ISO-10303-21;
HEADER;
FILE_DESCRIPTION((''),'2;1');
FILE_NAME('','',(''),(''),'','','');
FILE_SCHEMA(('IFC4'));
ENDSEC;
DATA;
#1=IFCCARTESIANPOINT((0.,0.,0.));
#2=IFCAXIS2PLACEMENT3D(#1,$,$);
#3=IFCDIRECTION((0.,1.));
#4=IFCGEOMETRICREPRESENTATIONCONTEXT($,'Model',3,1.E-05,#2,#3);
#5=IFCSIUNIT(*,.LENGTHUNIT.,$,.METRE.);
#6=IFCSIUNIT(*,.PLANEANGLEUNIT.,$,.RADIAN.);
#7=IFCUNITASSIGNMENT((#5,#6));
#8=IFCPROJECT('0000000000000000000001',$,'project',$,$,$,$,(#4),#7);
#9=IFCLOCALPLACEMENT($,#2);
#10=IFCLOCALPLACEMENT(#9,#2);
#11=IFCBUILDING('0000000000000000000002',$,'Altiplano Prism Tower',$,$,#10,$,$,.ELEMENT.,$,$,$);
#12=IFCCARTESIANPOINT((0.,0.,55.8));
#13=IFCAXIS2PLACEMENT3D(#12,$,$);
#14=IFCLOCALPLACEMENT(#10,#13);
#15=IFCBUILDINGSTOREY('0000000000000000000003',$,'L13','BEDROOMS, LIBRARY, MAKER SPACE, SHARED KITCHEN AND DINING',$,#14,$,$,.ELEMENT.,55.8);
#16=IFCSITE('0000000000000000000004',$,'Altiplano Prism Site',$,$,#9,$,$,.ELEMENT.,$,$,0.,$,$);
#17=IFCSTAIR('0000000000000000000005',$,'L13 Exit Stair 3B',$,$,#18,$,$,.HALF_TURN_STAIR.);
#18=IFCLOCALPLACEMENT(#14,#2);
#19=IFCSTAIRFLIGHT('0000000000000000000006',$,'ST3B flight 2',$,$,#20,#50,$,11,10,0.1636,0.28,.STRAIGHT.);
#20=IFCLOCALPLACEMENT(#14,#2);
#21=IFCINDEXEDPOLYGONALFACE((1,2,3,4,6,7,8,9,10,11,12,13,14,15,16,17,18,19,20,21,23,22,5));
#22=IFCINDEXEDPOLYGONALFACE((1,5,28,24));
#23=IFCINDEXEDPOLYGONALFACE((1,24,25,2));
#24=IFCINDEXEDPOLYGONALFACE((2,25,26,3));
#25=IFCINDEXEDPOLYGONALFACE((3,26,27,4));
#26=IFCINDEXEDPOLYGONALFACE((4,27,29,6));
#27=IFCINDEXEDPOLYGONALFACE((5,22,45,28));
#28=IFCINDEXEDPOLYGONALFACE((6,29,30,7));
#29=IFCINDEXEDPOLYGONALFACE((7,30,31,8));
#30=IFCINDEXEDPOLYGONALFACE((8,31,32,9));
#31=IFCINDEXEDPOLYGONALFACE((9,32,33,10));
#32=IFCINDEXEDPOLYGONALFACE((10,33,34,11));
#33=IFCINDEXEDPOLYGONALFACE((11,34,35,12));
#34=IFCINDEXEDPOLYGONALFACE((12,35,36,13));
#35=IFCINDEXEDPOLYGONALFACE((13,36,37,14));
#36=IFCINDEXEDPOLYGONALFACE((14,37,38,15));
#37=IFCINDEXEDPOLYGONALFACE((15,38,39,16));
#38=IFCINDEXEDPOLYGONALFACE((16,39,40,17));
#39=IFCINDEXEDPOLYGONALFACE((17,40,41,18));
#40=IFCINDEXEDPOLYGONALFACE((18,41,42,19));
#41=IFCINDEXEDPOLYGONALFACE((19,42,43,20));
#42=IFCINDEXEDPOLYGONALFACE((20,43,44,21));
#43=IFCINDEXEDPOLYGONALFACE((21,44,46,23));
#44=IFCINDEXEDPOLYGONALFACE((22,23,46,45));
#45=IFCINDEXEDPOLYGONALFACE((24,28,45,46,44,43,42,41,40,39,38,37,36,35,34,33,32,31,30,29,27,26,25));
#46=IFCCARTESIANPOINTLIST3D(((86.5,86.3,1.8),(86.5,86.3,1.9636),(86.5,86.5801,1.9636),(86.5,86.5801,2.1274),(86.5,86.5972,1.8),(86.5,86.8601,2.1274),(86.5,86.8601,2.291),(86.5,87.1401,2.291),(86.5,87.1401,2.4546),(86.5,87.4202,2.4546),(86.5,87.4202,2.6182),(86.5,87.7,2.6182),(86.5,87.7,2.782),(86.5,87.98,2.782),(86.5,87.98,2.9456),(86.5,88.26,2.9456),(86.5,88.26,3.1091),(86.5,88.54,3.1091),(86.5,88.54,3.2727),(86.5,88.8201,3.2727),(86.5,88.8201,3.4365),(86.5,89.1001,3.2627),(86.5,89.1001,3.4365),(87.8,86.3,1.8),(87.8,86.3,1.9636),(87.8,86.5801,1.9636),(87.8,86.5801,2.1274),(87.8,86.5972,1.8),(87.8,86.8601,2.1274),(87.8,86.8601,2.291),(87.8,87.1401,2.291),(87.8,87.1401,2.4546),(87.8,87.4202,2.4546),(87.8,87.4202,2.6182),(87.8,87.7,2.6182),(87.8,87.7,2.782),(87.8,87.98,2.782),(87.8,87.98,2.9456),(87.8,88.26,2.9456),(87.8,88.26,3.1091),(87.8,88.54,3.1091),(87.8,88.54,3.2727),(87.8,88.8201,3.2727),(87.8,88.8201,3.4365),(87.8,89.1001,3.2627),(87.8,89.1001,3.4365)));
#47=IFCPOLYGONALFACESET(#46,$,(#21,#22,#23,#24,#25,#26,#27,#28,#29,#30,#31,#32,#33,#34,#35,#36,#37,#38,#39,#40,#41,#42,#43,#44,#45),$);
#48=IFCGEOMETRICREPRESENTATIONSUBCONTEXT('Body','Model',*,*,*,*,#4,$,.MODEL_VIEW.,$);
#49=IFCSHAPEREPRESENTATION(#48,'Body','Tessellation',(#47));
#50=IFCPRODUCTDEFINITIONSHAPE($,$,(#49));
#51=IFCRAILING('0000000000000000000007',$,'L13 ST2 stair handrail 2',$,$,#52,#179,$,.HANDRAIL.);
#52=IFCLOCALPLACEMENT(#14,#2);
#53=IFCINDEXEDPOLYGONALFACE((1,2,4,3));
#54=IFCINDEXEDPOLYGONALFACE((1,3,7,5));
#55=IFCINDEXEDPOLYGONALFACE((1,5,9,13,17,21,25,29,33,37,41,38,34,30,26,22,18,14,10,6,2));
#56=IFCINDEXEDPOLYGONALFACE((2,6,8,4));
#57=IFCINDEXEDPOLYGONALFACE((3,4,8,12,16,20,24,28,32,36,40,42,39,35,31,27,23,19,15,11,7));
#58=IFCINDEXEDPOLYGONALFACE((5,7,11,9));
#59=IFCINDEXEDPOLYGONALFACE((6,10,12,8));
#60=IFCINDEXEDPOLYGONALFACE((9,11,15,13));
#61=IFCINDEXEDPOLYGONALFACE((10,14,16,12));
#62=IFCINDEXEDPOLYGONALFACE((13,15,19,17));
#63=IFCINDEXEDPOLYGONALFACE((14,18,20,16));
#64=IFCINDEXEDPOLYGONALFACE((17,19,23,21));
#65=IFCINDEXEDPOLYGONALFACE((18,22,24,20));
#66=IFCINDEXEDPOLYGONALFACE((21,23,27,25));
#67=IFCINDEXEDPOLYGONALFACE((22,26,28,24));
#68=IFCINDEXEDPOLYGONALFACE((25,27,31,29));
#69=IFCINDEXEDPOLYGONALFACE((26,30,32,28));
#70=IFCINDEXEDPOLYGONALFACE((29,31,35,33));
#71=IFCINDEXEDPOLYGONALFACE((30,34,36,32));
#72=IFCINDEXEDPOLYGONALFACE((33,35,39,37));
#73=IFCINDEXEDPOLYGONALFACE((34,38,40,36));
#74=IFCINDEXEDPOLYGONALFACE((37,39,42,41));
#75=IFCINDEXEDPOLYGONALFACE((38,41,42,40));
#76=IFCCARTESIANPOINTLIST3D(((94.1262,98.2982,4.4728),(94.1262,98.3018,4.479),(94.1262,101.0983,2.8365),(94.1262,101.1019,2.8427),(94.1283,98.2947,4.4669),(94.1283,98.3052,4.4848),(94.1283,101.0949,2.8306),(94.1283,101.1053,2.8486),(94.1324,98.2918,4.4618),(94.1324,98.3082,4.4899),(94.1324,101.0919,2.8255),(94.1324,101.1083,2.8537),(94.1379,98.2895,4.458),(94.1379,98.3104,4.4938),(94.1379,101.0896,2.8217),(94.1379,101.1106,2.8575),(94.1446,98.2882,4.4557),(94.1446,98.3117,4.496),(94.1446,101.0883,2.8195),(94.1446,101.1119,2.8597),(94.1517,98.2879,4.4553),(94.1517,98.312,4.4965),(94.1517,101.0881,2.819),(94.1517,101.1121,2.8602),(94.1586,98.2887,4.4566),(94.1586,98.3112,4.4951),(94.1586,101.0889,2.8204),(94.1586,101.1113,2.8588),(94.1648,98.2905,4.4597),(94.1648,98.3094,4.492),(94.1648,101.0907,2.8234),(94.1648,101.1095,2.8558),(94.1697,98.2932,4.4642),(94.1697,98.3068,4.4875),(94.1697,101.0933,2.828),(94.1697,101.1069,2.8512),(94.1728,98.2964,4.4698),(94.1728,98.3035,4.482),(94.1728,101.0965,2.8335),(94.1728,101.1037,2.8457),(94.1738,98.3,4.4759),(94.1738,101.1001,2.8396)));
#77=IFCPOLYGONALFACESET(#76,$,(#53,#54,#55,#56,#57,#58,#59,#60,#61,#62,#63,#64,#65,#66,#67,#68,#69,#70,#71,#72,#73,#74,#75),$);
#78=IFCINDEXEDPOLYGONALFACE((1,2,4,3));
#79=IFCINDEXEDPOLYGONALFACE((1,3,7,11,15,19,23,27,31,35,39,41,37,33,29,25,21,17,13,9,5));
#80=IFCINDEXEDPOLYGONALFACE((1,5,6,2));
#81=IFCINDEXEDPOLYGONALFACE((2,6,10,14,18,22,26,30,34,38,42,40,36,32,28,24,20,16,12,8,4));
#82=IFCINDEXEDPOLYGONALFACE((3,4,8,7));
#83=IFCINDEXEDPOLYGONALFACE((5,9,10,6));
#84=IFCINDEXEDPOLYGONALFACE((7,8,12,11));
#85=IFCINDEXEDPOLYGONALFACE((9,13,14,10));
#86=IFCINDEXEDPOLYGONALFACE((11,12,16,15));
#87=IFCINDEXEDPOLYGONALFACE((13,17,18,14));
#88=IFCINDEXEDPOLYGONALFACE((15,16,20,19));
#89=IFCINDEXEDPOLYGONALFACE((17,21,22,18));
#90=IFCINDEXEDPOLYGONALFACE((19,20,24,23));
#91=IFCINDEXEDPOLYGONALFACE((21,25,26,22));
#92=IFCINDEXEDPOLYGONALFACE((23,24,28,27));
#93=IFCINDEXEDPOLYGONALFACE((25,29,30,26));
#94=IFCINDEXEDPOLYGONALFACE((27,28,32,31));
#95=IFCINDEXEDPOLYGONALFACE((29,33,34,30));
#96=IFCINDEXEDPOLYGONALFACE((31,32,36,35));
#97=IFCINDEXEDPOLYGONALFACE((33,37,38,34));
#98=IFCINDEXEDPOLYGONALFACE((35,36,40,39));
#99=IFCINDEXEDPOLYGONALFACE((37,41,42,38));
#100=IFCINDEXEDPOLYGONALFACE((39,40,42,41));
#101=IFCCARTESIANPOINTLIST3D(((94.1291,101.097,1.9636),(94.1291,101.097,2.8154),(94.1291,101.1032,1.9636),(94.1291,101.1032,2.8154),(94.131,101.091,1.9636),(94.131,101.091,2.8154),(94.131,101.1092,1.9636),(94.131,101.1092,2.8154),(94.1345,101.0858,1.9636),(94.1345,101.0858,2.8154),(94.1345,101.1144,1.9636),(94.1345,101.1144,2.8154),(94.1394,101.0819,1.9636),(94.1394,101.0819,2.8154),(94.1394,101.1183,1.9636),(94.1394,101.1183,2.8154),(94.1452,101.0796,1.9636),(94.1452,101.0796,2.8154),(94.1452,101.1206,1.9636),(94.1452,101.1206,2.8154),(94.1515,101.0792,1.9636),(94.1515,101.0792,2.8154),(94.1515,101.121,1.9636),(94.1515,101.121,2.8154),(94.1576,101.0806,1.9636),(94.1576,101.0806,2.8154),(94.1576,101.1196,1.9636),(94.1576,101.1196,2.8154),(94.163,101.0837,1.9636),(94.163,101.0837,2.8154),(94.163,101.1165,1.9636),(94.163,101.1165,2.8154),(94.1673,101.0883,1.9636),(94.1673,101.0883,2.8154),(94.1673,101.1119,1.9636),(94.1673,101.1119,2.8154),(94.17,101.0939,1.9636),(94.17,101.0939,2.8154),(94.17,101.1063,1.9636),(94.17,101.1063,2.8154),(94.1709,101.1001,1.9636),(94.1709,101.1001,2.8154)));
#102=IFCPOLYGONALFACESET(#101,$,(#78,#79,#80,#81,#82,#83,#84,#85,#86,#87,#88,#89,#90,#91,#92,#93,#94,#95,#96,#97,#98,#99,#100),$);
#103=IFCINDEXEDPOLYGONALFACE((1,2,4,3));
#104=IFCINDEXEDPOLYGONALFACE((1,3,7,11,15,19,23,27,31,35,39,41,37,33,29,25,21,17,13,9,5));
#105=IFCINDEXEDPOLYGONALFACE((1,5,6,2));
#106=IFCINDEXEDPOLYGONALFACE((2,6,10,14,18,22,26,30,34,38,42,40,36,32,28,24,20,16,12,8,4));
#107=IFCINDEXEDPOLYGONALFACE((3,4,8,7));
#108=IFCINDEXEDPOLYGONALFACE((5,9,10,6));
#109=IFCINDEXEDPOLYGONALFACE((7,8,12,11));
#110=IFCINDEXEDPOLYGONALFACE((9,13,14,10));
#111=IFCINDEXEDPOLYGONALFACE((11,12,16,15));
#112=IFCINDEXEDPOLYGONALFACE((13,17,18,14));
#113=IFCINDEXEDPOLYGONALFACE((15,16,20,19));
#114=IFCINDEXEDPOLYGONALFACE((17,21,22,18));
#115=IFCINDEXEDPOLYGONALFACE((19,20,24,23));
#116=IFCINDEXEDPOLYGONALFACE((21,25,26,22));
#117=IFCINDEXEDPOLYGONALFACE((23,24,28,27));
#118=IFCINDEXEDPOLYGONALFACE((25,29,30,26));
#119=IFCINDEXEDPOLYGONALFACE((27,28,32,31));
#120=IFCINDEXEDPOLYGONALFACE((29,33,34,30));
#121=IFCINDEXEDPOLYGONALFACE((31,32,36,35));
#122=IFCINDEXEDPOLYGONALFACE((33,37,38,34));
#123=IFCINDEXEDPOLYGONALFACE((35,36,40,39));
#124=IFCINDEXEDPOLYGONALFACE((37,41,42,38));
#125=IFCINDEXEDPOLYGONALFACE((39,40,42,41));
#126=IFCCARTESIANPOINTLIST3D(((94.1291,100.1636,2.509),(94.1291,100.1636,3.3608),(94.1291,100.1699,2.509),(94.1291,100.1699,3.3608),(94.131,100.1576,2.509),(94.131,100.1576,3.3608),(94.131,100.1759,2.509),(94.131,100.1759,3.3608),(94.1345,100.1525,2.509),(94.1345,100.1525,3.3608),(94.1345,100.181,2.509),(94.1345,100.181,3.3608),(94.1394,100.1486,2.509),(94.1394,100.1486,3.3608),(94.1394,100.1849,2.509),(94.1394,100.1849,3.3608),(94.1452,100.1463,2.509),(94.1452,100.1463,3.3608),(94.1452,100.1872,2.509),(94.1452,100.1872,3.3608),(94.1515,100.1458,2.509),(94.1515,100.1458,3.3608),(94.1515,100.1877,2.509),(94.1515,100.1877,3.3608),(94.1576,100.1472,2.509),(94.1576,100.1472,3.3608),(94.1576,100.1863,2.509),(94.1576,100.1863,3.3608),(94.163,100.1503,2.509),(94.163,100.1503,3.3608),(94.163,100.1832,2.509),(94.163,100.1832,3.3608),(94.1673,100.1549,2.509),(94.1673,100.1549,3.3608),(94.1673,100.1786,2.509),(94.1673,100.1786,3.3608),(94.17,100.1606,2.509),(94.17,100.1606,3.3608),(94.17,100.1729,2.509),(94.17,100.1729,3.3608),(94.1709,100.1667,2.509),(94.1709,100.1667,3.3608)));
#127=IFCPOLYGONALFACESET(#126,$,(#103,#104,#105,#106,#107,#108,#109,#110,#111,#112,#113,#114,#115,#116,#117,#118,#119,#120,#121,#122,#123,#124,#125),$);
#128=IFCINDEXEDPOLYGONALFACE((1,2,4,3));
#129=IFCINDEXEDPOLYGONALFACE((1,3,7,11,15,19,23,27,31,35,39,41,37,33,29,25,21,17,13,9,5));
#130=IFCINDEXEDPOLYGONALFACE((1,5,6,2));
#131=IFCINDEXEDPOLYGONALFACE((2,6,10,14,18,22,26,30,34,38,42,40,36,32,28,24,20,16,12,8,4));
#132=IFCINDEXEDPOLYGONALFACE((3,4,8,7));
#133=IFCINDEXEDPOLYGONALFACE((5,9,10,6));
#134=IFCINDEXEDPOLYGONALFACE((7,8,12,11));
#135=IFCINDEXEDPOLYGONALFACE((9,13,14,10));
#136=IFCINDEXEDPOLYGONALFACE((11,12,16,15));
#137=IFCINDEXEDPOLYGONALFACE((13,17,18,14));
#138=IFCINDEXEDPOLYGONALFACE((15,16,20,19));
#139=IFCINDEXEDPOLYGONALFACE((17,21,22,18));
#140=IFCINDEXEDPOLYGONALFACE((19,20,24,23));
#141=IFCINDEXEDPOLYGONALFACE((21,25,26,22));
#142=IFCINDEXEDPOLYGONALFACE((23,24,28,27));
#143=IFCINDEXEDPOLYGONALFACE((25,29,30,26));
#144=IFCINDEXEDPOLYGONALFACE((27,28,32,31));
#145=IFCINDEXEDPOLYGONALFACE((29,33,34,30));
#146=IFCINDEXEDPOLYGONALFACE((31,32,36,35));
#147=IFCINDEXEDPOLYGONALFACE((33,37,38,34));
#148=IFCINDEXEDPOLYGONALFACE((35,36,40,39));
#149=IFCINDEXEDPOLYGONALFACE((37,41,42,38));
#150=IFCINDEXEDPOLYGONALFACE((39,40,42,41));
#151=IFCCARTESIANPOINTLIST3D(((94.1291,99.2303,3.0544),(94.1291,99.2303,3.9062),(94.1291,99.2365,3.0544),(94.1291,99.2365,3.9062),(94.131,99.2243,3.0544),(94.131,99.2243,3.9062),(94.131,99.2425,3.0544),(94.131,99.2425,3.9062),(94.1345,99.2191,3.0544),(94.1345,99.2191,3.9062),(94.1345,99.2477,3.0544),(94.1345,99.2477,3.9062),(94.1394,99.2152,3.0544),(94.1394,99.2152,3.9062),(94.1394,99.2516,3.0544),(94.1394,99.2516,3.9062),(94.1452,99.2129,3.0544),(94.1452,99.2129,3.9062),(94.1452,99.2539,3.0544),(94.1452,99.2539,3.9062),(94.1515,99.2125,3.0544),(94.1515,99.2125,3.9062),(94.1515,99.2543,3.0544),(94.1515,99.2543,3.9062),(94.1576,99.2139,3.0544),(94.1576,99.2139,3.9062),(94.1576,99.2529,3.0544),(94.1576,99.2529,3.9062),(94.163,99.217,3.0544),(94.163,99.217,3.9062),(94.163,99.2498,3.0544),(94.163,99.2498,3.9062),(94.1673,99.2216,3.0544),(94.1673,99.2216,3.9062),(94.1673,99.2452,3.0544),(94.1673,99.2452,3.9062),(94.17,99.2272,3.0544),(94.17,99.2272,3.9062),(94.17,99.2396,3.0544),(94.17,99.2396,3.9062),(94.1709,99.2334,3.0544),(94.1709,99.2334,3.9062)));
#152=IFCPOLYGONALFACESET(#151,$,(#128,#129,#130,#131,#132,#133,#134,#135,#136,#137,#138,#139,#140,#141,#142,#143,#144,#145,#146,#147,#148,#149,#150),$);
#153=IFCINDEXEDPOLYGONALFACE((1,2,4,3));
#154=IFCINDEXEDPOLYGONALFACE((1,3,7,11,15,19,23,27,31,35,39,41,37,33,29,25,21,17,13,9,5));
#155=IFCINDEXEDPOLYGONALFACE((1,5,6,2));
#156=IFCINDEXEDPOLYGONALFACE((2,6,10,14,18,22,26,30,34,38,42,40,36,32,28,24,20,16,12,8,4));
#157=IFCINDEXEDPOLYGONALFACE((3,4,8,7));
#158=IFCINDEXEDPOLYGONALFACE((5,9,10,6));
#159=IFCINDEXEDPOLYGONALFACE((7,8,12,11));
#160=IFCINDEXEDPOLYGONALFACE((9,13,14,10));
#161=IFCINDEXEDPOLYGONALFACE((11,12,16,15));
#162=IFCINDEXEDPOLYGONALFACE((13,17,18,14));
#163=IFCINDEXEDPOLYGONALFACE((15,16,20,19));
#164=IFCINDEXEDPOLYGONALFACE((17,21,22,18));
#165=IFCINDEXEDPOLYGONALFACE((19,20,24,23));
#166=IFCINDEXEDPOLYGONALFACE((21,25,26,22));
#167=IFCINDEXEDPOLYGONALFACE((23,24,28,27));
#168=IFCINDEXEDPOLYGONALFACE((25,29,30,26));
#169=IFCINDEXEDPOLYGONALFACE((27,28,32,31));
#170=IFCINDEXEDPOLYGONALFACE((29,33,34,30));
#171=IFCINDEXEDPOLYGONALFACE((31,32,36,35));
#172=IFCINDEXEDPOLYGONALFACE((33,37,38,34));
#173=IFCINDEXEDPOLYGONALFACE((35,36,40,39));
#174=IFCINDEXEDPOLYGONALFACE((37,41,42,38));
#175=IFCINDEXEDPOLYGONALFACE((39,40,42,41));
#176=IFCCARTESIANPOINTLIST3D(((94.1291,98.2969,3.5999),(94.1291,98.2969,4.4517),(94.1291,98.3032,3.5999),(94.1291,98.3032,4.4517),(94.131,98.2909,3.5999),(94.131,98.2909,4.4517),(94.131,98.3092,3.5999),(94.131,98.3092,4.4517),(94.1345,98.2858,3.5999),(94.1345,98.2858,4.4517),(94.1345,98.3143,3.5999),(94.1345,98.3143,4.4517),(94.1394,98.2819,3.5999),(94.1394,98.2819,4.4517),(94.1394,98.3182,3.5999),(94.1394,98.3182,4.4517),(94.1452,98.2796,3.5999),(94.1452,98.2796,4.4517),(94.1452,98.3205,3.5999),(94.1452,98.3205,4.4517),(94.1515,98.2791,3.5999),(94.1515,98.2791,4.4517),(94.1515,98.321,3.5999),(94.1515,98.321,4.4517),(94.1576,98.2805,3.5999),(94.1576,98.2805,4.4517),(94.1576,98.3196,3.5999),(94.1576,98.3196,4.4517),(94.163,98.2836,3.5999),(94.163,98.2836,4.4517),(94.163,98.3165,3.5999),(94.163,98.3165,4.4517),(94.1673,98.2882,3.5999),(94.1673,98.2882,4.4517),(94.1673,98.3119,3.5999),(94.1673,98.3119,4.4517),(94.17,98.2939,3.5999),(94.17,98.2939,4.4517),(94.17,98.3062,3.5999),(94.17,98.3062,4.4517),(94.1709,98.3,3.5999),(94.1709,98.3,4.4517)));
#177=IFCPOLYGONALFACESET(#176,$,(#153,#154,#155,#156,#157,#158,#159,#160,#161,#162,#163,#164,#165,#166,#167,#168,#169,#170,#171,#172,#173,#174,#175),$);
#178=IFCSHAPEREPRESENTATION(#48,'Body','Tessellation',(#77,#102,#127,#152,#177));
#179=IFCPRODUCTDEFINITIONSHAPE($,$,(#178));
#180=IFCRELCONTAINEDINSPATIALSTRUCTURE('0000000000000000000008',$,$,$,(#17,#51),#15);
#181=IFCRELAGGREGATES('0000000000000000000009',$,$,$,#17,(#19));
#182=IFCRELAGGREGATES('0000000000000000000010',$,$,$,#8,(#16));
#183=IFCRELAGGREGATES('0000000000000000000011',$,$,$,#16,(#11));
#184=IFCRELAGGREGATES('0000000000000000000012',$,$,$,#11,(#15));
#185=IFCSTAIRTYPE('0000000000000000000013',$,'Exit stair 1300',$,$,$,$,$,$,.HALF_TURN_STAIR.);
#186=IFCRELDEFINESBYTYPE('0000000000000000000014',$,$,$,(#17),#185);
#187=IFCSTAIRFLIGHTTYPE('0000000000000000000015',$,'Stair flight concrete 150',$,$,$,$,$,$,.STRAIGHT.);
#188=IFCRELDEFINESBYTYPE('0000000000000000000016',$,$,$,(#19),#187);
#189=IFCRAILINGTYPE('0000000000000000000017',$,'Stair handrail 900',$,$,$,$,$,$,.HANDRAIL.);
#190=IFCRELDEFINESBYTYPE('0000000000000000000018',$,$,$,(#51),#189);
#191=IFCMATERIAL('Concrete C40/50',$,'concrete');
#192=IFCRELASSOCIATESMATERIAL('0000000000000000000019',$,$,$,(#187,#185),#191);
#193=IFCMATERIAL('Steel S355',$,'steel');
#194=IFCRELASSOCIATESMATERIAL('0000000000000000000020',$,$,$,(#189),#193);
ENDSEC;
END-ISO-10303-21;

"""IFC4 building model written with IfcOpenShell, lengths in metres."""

from ifc_helpers import new_model, si_unit, direction, frame, origin, origin_2d, place, context, subcontext, project, spatial, polyline, circle, outline, extrude, material, type_object, element, aggregate, save


model = new_model("IFC4")

# Units and contexts
model_context = context("Model", 3, precision=1e-05, world=origin(), true_north=direction((0.0, 1.0)))
body_context = subcontext(model_context, "Body", "Model", "MODEL_VIEW")
ifc_project = project(units=[si_unit("LENGTHUNIT", "METRE"), si_unit("PLANEANGLEUNIT", "RADIAN")], contexts=[model_context])

# Site, building, storey
site_placement = place(None, origin())
site = spatial("IfcSite", under=ifc_project, at=site_placement, Name="Altiplano Prism Site", CompositionType="ELEMENT", RefElevation=0.0)
building_placement = place(site_placement, origin())
building = spatial("IfcBuilding", under=site, at=building_placement, Name="Altiplano Prism Tower", CompositionType="ELEMENT")
storey_placement = place(building_placement, frame((0.0, 0.0, 55.8)))
storey = spatial("IfcBuildingStorey", under=building, at=storey_placement, Name="L13", Description="BEDROOMS, LIBRARY, MAKER SPACE, SHARED KITCHEN AND DINING", CompositionType="ELEMENT", Elevation=55.8)

# Shared definitions
ifc_material_1 = material(Name="Concrete C40/50", Category="concrete")
stair_flight_type = type_object("IfcStairFlightType", Name="Stair flight concrete 150", PredefinedType="STRAIGHT", material=ifc_material_1)

# Stair, stair flight
stair_type_1 = type_object("IfcStairType", Name="Exit stair 1300", PredefinedType="HALF_TURN_STAIR", material=ifc_material_1)
stair_1_placement = place(storey_placement, origin())
stair_1 = element("IfcStair", 1, at=stair_1_placement, inside=storey, type_object=stair_type_1, Name="L13 Exit Stair 3B", PredefinedType="HALF_TURN_STAIR")
stair_flight_1_placement = place(storey_placement, frame((87.1499, 86.3, 1.8), z_axis=(0.0, 0.0, 1.0), x_axis=(0.0, 1.0, 0.0)))
stair_flight_1 = element("IfcStairFlight", 2, at=stair_flight_1_placement, type_object=stair_flight_type, Name="ST3B flight 2", NumberOfRisers=11, NumberOfTreads=10, PredefinedType="STRAIGHT", RiserHeight=0.1636, TreadLength=0.28, context=body_context, shape_type="SweptSolid", body=[
    extrude(outline(polyline([(0.0, 0.0), (0.0, 0.1636), (0.28, 0.1636), (0.28, 0.3274), (0.5601, 0.3274), (0.5601, 0.491), (0.8401, 0.491), (0.8401, 0.6545), (1.1201, 0.6545), (1.1201, 0.8181), (1.3999, 0.8181), (1.3999, 0.9819), (1.6799, 0.9819), (1.6799, 1.1455), (1.96, 1.1455), (1.96, 1.3091), (2.24, 1.3091), (2.24, 1.4727), (2.52, 1.4727), (2.52, 1.6365), (2.8, 1.6365), (2.8, 1.8), (2.8, 1.4626), (0.2971, 0.0), (0.0, 0.0)])), frame((0.0, 0.6499, 0.0), z_axis=(0.0, -1.0, 0.0), x_axis=(1.0, 0.0, 0.0)), (0.0, 0.0, 1.0), 1.3),
])
aggregate(stair_1, [stair_flight_1])

# Railing
ifc_material_2 = material(Name="Steel S355", Category="steel")
railing_type_1 = type_object("IfcRailingType", Name="Stair handrail 900", PredefinedType="HANDRAIL", material=ifc_material_2)
railing_1_placement = place(storey_placement, frame((94.1499, 101.1001, 1.9636)))
element("IfcRailing", 3, at=railing_1_placement, inside=storey, type_object=railing_type_1, Name="L13 ST2 stair handrail 2", PredefinedType="HANDRAIL", context=body_context, shape_type="SweptSolid", body=[
    extrude(circle(Radius=0.0239, at=origin_2d()), frame((0.0, 0.0, 0.876), z_axis=(0.0, -0.863394, 0.504531), x_axis=(1.0, 0.0, 0.0)), (0.0, 0.0, 1.0), 3.2432),
    extrude(circle(Radius=0.021, at=origin_2d()), origin(), (0.0, 0.0, 1.0), 0.8518),
    extrude(circle(Radius=0.021, at=origin_2d()), frame((0.0, -0.9333, 0.5454)), (0.0, 0.0, 1.0), 0.8518),
    extrude(circle(Radius=0.021, at=origin_2d()), frame((0.0, -1.8667, 1.0908)), (0.0, 0.0, 1.0), 0.8518),
    extrude(circle(Radius=0.021, at=origin_2d()), frame((0.0, -2.8, 1.6362)), (0.0, 0.0, 1.0), 0.8518),
])

save(model, "model.ifc")
